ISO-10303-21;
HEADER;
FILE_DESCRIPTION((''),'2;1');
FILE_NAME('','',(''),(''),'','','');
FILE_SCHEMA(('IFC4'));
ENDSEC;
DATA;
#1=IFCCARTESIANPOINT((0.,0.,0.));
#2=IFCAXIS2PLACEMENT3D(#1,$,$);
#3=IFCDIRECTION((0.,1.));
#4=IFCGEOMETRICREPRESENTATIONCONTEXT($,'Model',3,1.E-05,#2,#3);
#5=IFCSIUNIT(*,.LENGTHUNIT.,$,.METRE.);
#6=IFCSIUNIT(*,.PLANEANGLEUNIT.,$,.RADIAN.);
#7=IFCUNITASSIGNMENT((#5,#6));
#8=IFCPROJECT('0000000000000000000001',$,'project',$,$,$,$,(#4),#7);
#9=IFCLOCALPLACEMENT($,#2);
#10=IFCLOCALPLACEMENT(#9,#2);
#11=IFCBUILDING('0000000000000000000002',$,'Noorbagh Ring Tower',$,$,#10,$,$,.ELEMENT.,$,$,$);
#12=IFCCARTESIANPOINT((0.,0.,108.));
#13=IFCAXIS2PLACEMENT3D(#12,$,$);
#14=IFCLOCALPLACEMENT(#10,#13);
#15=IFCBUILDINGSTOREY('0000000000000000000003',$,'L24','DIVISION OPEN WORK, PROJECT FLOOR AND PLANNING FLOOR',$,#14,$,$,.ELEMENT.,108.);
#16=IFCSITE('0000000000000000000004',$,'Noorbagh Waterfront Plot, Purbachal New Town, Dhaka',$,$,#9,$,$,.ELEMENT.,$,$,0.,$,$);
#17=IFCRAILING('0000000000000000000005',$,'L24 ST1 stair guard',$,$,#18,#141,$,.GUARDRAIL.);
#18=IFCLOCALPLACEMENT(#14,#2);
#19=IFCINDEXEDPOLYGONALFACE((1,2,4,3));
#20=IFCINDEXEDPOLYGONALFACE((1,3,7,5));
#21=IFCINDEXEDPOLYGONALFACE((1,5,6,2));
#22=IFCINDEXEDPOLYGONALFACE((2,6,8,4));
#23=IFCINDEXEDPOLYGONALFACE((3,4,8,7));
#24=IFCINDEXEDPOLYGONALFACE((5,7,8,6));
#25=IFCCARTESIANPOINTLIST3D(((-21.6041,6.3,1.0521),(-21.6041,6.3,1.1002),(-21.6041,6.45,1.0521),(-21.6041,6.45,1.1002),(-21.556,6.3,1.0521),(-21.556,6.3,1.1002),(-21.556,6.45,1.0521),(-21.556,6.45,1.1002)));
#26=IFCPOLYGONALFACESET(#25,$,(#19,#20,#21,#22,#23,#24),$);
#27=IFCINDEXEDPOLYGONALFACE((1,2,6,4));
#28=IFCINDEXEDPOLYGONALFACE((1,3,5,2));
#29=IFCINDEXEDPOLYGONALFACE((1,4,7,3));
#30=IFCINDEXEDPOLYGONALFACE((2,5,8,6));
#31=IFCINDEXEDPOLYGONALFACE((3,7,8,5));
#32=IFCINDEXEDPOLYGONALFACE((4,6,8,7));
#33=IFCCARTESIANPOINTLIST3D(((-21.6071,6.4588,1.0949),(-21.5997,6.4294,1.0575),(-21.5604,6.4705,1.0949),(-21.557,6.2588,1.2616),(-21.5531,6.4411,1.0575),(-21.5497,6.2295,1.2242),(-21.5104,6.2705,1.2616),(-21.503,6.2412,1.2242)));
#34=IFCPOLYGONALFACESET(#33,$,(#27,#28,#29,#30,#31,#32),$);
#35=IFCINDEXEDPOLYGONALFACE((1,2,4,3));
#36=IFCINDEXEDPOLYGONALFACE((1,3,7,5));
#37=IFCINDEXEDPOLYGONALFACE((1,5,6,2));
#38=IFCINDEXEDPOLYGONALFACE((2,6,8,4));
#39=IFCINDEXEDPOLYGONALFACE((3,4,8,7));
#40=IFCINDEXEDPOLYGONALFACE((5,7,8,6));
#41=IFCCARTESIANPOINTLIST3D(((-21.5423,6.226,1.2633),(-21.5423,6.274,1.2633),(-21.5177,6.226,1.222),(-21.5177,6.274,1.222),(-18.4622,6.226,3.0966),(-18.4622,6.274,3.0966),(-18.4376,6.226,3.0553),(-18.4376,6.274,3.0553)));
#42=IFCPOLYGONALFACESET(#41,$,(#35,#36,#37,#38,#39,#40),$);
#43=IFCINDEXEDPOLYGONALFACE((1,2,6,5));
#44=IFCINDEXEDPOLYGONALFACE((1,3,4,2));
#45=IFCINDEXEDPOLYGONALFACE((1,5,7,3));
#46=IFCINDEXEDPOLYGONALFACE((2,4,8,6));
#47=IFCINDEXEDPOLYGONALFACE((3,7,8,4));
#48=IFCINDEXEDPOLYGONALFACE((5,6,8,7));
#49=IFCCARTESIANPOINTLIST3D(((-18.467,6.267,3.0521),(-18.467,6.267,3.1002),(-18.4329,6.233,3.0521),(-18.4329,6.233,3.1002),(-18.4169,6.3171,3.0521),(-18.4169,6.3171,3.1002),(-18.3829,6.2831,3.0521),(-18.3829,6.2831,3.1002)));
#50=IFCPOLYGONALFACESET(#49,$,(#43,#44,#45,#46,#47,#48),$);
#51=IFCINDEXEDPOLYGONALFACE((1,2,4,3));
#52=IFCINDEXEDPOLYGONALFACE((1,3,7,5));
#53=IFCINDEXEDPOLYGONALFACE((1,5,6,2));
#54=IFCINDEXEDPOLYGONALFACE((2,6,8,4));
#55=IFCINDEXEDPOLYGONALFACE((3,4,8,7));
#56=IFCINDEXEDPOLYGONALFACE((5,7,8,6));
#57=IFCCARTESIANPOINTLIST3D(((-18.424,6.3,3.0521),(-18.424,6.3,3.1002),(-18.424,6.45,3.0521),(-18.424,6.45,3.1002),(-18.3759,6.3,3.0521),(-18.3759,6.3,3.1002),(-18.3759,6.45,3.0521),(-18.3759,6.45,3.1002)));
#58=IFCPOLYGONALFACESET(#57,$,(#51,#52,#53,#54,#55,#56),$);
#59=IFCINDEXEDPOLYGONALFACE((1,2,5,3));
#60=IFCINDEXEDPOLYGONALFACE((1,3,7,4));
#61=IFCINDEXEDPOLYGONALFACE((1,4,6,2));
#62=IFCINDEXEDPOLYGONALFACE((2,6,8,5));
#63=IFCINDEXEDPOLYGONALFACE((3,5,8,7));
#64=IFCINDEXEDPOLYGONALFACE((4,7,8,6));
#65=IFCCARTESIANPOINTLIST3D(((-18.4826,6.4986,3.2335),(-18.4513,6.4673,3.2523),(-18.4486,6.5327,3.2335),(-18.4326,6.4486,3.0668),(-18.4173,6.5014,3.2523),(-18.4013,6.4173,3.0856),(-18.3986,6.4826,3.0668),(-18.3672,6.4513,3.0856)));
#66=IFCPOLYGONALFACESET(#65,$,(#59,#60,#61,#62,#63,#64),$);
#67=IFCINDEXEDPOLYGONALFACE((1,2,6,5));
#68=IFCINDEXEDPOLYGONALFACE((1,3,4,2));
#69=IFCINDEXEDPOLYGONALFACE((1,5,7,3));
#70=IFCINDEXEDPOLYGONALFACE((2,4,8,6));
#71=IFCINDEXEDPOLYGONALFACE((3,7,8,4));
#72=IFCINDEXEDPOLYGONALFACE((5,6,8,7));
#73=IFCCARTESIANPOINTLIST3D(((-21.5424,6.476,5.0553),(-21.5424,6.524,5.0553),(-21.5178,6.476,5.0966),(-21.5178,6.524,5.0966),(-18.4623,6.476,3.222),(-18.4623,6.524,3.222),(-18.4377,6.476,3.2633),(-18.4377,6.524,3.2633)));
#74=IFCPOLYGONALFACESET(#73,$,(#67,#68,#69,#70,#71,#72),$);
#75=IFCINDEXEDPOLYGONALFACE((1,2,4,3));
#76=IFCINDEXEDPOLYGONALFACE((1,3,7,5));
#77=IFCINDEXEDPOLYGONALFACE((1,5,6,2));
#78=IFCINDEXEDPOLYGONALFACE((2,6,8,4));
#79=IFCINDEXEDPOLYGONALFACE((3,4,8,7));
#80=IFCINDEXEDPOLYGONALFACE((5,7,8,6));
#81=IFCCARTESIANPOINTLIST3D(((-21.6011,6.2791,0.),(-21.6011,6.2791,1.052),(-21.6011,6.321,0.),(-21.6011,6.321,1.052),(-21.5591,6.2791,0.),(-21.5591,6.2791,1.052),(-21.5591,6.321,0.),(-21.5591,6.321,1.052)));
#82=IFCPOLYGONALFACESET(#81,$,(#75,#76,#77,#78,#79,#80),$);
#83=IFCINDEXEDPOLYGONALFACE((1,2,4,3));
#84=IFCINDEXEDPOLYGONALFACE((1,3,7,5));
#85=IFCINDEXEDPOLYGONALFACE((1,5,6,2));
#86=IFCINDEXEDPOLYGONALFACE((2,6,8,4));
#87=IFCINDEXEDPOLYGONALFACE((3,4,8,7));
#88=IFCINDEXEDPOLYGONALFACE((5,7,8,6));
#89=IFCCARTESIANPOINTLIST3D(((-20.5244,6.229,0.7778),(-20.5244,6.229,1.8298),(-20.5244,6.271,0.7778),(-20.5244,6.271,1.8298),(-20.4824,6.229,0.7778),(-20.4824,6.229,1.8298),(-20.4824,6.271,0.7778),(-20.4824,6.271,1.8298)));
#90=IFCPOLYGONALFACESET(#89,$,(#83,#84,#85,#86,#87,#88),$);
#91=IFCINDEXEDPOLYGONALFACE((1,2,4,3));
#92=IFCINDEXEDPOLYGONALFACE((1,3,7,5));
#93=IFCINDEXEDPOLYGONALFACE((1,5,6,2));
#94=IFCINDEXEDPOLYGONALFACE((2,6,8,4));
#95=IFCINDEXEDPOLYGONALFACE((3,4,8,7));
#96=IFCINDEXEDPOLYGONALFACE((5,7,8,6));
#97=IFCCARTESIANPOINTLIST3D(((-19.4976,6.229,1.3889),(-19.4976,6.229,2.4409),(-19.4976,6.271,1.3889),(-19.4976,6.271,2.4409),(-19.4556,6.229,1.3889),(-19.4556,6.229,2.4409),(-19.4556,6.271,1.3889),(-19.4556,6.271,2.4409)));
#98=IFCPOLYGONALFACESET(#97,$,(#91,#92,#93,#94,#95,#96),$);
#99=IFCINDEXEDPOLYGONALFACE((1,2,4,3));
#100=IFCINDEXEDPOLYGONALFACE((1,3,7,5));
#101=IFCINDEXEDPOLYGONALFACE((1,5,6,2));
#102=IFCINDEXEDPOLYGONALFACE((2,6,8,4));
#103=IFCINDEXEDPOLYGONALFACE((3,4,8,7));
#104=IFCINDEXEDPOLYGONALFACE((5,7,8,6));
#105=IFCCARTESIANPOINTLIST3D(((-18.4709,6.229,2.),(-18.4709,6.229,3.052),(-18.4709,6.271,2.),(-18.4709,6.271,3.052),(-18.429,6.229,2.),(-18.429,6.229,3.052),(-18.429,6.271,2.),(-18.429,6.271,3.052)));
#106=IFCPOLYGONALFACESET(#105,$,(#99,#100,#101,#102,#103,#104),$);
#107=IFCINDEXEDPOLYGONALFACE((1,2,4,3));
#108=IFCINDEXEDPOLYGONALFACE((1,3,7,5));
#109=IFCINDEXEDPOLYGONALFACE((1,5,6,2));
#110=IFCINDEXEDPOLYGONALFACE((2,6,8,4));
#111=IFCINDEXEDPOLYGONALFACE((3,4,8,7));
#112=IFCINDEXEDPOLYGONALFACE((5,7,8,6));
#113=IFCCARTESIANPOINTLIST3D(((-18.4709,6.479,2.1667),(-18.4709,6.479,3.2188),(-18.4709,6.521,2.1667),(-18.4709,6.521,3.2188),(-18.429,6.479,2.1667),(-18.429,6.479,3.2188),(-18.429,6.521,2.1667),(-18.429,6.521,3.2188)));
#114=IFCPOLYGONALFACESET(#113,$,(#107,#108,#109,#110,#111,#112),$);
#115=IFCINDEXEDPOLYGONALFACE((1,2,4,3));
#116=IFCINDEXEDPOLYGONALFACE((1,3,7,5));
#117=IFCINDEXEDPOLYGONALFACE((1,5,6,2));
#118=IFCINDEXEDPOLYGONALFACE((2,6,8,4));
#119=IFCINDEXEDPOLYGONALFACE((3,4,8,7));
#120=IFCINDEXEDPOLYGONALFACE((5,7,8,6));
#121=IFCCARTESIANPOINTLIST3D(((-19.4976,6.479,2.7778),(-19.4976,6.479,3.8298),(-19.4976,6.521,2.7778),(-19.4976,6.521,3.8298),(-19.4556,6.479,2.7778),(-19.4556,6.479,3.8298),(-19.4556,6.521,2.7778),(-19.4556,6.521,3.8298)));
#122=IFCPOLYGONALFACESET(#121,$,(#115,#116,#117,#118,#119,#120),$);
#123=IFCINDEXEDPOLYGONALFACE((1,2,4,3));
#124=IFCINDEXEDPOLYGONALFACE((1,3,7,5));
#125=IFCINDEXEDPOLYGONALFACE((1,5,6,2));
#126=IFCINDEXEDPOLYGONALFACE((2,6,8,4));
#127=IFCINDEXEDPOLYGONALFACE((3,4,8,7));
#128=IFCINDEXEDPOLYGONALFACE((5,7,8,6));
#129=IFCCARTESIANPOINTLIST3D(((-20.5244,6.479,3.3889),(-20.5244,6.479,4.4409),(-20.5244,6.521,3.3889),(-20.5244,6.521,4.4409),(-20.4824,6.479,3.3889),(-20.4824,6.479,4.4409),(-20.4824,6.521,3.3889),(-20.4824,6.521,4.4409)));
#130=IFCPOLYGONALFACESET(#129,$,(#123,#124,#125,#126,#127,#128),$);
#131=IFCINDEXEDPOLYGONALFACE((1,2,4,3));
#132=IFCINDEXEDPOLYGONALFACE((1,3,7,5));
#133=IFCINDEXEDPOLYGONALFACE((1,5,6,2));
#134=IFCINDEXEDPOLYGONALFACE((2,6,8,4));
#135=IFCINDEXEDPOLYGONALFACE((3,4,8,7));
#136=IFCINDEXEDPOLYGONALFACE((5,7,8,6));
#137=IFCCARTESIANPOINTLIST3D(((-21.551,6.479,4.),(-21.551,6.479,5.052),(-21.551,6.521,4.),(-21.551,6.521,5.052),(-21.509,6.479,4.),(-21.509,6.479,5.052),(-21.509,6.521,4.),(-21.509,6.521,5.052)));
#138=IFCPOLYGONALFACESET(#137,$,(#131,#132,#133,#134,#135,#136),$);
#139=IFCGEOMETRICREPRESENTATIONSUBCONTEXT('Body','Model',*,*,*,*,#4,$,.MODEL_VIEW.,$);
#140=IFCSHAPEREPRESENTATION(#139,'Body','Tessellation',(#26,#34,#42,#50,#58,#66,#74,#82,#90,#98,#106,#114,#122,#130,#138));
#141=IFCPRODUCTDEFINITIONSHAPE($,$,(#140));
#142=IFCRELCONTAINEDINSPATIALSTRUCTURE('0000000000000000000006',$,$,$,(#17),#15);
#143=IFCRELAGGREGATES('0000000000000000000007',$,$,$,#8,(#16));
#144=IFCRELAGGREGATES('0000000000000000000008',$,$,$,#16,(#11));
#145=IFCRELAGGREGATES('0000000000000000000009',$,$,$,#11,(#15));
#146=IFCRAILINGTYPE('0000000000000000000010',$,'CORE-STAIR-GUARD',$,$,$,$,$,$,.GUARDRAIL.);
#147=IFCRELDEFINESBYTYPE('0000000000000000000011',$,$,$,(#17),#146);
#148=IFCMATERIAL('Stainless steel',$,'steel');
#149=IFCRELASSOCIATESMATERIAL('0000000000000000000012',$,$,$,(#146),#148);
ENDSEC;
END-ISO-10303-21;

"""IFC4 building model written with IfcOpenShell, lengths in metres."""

from ifc_helpers import new_model, si_unit, direction, frame, origin, origin_2d, place, context, subcontext, project, spatial, rectangle, extrude, material, type_object, element, save


model = new_model("IFC4")

# Units and contexts
model_context = context("Model", 3, precision=1e-05, world=origin(), true_north=direction((0.0, 1.0)))
body_context = subcontext(model_context, "Body", "Model", "MODEL_VIEW")
ifc_project = project(units=[si_unit("LENGTHUNIT", "METRE"), si_unit("PLANEANGLEUNIT", "RADIAN")], contexts=[model_context])

# Site, building, storey
site_placement = place(None, origin())
site = spatial("IfcSite", under=ifc_project, at=site_placement, Name="Noorbagh Waterfront Plot, Purbachal New Town, Dhaka", CompositionType="ELEMENT", RefElevation=0.0)
building_placement = place(site_placement, origin())
building = spatial("IfcBuilding", under=site, at=building_placement, Name="Noorbagh Ring Tower", CompositionType="ELEMENT")
storey_placement = place(building_placement, frame((0.0, 0.0, 108.0)))
storey = spatial("IfcBuildingStorey", under=building, at=storey_placement, Name="L24", Description="DIVISION OPEN WORK, PROJECT FLOOR AND PLANNING FLOOR", CompositionType="ELEMENT", Elevation=108.0)

# Railing
ifc_material_1 = material(Name="Stainless steel", Category="steel")
railing_type_1 = type_object("IfcRailingType", Name="CORE-STAIR-GUARD", PredefinedType="GUARDRAIL", material=ifc_material_1)
railing_1_placement = place(storey_placement, frame((-21.5801, 6.3, 0.0)))
element("IfcRailing", 1, at=railing_1_placement, inside=storey, type_object=railing_type_1, Name="L24 ST1 stair guard", PredefinedType="GUARDRAIL", context=body_context, shape_type="SweptSolid", body=[
    extrude(rectangle(XDim=0.0481, YDim=0.0481, at=origin_2d()), frame((0.0, 0.0, 1.0762), z_axis=(0.0, 1.0, 0.0), x_axis=(-1.0, 0.0, 0.0)), (0.0, 0.0, 1.0), 0.1499),
    extrude(rectangle(XDim=0.0481, YDim=0.0481, at=origin_2d()), frame((0.0, 0.1499, 1.0762), z_axis=(0.188776, -0.754182, 0.628946), x_axis=(0.970073, 0.242814, 0.0)), (0.0, 0.0, 1.0), 0.2651),
    extrude(rectangle(XDim=0.0481, YDim=0.0481, at=origin_2d()), frame((0.05, -0.05, 1.2427), z_axis=(0.859309, 0.0, 0.511458), x_axis=(0.0, 1.0, 0.0)), (0.0, 0.0, 1.0), 3.5845),
    extrude(rectangle(XDim=0.0481, YDim=0.0481, at=origin_2d()), frame((3.1301, -0.05, 3.0762), z_axis=(0.707107, 0.707107, 0.0), x_axis=(-0.707107, 0.707107, 0.0)), (0.0, 0.0, 1.0), 0.0708),
    extrude(rectangle(XDim=0.0481, YDim=0.0481, at=origin_2d()), frame((3.1802, 0.0, 3.0762), z_axis=(0.0, 1.0, 0.0), x_axis=(-1.0, 0.0, 0.0)), (0.0, 0.0, 1.0), 0.1499),
    extrude(rectangle(XDim=0.0481, YDim=0.0481, at=origin_2d()), frame((3.1802, 0.1499, 3.0762), z_axis=(-0.276287, 0.276287, 0.920506), x_axis=(-0.707107, -0.707107, 0.0)), (0.0, 0.0, 1.0), 0.1812),
    extrude(rectangle(XDim=0.0481, YDim=0.0481, at=origin_2d()), frame((3.1301, 0.2, 3.2427), z_axis=(-0.859309, 0.0, 0.511458), x_axis=(0.0, -1.0, 0.0)), (0.0, 0.0, 1.0), 3.5845),
    extrude(rectangle(XDim=0.042, YDim=0.042, at=origin_2d()), origin(), (0.0, 0.0, 1.0), 1.052),
    extrude(rectangle(XDim=0.042, YDim=0.042, at=origin_2d()), frame((1.0767, -0.05, 0.7778)), (0.0, 0.0, 1.0), 1.052),
    extrude(rectangle(XDim=0.042, YDim=0.042, at=origin_2d()), frame((2.1035, -0.05, 1.3889)), (0.0, 0.0, 1.0), 1.052),
    extrude(rectangle(XDim=0.042, YDim=0.042, at=origin_2d()), frame((3.1301, -0.05, 2.0)), (0.0, 0.0, 1.0), 1.052),
    extrude(rectangle(XDim=0.042, YDim=0.042, at=origin_2d()), frame((3.1301, 0.2, 2.1667)), (0.0, 0.0, 1.0), 1.052),
    extrude(rectangle(XDim=0.042, YDim=0.042, at=origin_2d()), frame((2.1035, 0.2, 2.7778)), (0.0, 0.0, 1.0), 1.052),
    extrude(rectangle(XDim=0.042, YDim=0.042, at=origin_2d()), frame((1.0767, 0.2, 3.3889)), (0.0, 0.0, 1.0), 1.052),
    extrude(rectangle(XDim=0.042, YDim=0.042, at=origin_2d()), frame((0.05, 0.2, 4.0)), (0.0, 0.0, 1.0), 1.052),
])

save(model, "model.ifc")
